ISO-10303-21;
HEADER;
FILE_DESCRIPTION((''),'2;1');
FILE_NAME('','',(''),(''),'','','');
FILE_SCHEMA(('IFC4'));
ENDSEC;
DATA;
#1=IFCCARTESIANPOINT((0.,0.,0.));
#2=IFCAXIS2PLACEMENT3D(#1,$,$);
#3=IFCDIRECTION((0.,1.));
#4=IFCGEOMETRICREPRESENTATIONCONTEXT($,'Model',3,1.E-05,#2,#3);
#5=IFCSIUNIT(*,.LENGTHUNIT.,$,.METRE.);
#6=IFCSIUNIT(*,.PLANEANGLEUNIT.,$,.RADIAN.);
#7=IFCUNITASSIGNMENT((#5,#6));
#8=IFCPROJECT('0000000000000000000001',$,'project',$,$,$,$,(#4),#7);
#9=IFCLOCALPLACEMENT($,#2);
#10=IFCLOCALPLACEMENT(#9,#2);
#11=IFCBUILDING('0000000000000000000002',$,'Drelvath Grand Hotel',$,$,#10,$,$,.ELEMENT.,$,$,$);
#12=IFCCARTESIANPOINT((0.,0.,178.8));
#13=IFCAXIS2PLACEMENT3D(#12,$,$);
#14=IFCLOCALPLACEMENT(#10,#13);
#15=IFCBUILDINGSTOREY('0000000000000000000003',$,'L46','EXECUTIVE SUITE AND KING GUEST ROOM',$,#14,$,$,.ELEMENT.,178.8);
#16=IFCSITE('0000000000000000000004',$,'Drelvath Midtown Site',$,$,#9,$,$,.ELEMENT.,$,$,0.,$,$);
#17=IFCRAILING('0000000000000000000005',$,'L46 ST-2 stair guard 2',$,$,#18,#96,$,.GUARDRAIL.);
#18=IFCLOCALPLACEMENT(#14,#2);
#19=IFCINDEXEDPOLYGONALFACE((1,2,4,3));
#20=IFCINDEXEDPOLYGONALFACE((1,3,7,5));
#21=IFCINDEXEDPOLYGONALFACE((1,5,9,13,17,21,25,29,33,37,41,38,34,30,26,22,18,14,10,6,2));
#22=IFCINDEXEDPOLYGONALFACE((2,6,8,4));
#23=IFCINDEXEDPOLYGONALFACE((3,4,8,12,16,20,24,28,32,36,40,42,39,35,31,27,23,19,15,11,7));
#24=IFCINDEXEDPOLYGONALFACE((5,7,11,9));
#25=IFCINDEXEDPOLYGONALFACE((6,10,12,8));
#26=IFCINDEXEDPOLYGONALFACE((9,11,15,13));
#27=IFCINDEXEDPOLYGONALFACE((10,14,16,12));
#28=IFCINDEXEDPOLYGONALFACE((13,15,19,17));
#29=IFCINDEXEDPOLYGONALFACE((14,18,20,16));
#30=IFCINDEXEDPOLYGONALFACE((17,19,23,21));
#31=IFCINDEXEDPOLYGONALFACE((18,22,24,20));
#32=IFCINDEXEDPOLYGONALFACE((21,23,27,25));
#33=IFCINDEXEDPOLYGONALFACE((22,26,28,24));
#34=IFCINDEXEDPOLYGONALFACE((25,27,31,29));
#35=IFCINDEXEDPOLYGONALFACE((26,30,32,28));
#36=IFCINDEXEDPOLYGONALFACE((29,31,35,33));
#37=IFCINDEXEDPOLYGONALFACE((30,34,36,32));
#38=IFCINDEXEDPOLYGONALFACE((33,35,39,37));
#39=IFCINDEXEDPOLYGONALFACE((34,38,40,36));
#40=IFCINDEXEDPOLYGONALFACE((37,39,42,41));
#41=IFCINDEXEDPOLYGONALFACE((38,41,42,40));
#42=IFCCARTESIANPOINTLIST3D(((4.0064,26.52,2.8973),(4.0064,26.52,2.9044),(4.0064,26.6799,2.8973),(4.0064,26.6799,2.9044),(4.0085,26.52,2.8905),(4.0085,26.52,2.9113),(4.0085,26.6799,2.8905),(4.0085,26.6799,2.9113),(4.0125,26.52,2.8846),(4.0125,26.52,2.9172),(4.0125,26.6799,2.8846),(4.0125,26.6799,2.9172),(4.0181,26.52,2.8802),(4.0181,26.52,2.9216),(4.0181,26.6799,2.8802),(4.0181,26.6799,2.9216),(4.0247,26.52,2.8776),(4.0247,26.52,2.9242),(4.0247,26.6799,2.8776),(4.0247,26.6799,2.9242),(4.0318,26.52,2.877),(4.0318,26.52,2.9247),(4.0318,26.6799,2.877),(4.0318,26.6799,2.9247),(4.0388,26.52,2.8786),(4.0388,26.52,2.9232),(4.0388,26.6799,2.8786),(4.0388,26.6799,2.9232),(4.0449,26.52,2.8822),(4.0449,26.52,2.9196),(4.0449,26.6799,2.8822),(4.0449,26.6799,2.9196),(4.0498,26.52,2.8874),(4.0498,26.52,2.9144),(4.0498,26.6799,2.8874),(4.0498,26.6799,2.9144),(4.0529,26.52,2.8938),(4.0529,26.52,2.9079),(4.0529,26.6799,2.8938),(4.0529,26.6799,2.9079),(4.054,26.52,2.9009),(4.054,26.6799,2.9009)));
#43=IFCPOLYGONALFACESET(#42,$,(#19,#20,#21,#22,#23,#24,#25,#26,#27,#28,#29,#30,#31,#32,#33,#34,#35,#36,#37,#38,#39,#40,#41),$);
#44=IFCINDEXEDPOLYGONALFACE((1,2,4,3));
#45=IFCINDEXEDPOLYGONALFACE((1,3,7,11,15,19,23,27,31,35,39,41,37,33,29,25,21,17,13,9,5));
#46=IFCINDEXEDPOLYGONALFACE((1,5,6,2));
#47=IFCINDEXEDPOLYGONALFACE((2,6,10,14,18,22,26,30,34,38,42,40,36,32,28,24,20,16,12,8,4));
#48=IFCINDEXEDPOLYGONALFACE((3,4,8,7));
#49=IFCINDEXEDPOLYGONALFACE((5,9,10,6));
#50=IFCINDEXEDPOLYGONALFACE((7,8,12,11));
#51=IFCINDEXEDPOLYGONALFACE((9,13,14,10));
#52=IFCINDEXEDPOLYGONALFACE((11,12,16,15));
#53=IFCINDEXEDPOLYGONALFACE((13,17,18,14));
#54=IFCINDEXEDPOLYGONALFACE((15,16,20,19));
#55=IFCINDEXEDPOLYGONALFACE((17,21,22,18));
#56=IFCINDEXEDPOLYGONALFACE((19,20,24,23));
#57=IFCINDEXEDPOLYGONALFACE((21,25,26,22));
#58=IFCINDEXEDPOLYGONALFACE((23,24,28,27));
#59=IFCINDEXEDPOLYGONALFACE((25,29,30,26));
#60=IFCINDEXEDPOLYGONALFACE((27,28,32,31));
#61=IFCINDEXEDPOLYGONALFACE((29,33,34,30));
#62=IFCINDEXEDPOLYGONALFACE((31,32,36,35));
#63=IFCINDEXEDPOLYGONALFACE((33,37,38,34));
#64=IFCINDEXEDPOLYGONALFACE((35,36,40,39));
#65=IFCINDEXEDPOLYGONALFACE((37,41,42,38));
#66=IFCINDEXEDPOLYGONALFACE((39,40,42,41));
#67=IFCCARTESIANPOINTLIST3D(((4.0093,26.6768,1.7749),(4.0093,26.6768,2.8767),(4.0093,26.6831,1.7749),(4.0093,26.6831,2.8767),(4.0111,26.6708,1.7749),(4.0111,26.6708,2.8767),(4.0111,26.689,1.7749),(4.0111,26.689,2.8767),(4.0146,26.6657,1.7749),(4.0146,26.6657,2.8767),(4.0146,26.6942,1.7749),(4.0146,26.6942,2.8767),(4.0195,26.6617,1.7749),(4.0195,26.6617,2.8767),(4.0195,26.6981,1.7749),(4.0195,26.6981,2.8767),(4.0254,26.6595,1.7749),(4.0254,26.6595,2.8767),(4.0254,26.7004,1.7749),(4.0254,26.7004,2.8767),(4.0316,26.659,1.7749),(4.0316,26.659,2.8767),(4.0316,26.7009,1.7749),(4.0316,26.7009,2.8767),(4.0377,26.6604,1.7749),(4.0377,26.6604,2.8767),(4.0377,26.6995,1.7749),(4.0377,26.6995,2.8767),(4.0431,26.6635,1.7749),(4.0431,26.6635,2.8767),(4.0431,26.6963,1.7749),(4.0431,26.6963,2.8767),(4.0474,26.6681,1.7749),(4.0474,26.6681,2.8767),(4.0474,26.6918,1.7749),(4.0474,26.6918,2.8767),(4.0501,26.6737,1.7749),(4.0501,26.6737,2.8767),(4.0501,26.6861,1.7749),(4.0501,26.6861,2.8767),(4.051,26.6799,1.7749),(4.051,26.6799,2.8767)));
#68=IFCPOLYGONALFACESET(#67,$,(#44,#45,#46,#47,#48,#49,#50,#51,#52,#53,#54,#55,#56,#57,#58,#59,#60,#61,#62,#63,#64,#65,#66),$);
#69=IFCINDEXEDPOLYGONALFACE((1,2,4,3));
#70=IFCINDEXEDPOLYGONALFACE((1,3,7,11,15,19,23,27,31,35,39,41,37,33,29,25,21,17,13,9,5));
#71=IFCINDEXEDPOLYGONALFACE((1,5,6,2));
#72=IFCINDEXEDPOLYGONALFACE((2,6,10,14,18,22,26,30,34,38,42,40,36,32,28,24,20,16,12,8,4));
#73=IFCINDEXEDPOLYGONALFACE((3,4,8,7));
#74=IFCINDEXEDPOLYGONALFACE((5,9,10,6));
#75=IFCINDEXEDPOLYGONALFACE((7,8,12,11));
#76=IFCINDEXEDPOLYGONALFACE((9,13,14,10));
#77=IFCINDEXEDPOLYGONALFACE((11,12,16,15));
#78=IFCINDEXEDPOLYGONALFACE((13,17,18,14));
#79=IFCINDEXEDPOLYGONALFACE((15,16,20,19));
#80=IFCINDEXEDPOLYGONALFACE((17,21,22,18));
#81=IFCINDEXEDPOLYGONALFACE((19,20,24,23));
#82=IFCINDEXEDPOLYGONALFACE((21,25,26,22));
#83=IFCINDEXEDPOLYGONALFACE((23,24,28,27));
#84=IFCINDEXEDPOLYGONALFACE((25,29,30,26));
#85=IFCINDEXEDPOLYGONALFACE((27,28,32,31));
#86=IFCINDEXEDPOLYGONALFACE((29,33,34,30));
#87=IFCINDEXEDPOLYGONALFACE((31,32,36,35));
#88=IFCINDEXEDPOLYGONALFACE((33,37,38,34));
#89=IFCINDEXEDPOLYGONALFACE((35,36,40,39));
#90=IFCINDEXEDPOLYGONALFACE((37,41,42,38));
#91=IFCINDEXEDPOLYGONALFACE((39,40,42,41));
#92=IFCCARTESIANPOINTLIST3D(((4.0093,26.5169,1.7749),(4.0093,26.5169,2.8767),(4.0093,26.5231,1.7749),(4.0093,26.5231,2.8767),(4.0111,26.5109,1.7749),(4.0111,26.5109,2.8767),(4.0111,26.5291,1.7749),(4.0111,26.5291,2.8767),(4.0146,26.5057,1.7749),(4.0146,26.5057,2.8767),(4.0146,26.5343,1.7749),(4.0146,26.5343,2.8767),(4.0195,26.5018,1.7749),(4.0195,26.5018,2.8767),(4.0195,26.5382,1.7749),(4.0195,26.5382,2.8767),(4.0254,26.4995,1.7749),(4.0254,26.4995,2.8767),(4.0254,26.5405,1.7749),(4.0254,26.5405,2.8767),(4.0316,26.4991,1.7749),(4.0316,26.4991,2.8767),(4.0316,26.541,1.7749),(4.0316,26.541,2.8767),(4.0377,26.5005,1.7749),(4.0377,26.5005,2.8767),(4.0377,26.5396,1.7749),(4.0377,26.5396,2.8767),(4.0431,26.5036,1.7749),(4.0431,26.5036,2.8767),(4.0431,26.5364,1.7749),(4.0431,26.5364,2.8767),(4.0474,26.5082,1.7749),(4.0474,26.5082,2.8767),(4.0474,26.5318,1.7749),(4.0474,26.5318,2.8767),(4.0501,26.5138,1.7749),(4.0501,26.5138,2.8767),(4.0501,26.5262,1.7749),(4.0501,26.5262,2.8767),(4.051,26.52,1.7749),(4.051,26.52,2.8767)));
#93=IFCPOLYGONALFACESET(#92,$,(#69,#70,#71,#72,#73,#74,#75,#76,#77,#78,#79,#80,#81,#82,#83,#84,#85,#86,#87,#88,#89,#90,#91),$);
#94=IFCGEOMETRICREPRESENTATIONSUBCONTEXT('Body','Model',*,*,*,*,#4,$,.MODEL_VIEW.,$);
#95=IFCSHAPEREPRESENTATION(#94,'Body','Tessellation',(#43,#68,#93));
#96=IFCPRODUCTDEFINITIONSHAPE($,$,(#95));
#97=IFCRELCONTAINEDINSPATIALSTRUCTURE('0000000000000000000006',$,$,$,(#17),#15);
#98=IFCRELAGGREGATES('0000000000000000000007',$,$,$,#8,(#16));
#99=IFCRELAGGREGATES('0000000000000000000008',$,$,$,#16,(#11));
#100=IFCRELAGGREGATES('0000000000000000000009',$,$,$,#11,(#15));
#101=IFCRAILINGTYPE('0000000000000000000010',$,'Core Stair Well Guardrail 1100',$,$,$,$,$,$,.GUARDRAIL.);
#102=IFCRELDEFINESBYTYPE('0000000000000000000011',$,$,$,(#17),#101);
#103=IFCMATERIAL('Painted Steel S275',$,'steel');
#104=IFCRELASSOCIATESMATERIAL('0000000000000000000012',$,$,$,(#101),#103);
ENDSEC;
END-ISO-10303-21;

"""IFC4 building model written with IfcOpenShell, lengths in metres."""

from ifc_helpers import new_model, si_unit, direction, frame, origin, origin_2d, place, context, subcontext, project, spatial, circle, extrude, material, type_object, element, save


model = new_model("IFC4")

# Units and contexts
model_context = context("Model", 3, precision=1e-05, world=origin(), true_north=direction((0.0, 1.0)))
body_context = subcontext(model_context, "Body", "Model", "MODEL_VIEW")
ifc_project = project(units=[si_unit("LENGTHUNIT", "METRE"), si_unit("PLANEANGLEUNIT", "RADIAN")], contexts=[model_context])

# Site, building, storey
site_placement = place(None, origin())
site = spatial("IfcSite", under=ifc_project, at=site_placement, Name="Drelvath Midtown Site", CompositionType="ELEMENT", RefElevation=0.0)
building_placement = place(site_placement, origin())
building = spatial("IfcBuilding", under=site, at=building_placement, Name="Drelvath Grand Hotel", CompositionType="ELEMENT")
storey_placement = place(building_placement, frame((0.0, 0.0, 178.8)))
storey = spatial("IfcBuildingStorey", under=building, at=storey_placement, Name="L46", Description="EXECUTIVE SUITE AND KING GUEST ROOM", CompositionType="ELEMENT", Elevation=178.8)

# Shared definitions
ifc_material_1 = material(Name="Painted Steel S275", Category="steel")

# Railing
railing_type_1 = type_object("IfcRailingType", Name="Core Stair Well Guardrail 1100", PredefinedType="GUARDRAIL", material=ifc_material_1)
railing_1_placement = place(storey_placement, frame((4.03, 26.6799, 1.7749)))
element("IfcRailing", 1, at=railing_1_placement, inside=storey, type_object=railing_type_1, Name="L46 ST-2 stair guard 2", PredefinedType="GUARDRAIL", context=body_context, shape_type="SweptSolid", body=[
    extrude(circle(Radius=0.0239, at=origin_2d()), frame((0.0, 0.0, 1.126), z_axis=(0.0, -1.0, 0.0), x_axis=(1.0, 0.0, 0.0)), (0.0, 0.0, 1.0), 0.1599),
    extrude(circle(Radius=0.021, at=origin_2d()), origin(), (0.0, 0.0, 1.0), 1.1018),
    extrude(circle(Radius=0.021, at=origin_2d()), frame((0.0, -0.1599, 0.0)), (0.0, 0.0, 1.0), 1.1018),
])

save(model, "model.ifc")
